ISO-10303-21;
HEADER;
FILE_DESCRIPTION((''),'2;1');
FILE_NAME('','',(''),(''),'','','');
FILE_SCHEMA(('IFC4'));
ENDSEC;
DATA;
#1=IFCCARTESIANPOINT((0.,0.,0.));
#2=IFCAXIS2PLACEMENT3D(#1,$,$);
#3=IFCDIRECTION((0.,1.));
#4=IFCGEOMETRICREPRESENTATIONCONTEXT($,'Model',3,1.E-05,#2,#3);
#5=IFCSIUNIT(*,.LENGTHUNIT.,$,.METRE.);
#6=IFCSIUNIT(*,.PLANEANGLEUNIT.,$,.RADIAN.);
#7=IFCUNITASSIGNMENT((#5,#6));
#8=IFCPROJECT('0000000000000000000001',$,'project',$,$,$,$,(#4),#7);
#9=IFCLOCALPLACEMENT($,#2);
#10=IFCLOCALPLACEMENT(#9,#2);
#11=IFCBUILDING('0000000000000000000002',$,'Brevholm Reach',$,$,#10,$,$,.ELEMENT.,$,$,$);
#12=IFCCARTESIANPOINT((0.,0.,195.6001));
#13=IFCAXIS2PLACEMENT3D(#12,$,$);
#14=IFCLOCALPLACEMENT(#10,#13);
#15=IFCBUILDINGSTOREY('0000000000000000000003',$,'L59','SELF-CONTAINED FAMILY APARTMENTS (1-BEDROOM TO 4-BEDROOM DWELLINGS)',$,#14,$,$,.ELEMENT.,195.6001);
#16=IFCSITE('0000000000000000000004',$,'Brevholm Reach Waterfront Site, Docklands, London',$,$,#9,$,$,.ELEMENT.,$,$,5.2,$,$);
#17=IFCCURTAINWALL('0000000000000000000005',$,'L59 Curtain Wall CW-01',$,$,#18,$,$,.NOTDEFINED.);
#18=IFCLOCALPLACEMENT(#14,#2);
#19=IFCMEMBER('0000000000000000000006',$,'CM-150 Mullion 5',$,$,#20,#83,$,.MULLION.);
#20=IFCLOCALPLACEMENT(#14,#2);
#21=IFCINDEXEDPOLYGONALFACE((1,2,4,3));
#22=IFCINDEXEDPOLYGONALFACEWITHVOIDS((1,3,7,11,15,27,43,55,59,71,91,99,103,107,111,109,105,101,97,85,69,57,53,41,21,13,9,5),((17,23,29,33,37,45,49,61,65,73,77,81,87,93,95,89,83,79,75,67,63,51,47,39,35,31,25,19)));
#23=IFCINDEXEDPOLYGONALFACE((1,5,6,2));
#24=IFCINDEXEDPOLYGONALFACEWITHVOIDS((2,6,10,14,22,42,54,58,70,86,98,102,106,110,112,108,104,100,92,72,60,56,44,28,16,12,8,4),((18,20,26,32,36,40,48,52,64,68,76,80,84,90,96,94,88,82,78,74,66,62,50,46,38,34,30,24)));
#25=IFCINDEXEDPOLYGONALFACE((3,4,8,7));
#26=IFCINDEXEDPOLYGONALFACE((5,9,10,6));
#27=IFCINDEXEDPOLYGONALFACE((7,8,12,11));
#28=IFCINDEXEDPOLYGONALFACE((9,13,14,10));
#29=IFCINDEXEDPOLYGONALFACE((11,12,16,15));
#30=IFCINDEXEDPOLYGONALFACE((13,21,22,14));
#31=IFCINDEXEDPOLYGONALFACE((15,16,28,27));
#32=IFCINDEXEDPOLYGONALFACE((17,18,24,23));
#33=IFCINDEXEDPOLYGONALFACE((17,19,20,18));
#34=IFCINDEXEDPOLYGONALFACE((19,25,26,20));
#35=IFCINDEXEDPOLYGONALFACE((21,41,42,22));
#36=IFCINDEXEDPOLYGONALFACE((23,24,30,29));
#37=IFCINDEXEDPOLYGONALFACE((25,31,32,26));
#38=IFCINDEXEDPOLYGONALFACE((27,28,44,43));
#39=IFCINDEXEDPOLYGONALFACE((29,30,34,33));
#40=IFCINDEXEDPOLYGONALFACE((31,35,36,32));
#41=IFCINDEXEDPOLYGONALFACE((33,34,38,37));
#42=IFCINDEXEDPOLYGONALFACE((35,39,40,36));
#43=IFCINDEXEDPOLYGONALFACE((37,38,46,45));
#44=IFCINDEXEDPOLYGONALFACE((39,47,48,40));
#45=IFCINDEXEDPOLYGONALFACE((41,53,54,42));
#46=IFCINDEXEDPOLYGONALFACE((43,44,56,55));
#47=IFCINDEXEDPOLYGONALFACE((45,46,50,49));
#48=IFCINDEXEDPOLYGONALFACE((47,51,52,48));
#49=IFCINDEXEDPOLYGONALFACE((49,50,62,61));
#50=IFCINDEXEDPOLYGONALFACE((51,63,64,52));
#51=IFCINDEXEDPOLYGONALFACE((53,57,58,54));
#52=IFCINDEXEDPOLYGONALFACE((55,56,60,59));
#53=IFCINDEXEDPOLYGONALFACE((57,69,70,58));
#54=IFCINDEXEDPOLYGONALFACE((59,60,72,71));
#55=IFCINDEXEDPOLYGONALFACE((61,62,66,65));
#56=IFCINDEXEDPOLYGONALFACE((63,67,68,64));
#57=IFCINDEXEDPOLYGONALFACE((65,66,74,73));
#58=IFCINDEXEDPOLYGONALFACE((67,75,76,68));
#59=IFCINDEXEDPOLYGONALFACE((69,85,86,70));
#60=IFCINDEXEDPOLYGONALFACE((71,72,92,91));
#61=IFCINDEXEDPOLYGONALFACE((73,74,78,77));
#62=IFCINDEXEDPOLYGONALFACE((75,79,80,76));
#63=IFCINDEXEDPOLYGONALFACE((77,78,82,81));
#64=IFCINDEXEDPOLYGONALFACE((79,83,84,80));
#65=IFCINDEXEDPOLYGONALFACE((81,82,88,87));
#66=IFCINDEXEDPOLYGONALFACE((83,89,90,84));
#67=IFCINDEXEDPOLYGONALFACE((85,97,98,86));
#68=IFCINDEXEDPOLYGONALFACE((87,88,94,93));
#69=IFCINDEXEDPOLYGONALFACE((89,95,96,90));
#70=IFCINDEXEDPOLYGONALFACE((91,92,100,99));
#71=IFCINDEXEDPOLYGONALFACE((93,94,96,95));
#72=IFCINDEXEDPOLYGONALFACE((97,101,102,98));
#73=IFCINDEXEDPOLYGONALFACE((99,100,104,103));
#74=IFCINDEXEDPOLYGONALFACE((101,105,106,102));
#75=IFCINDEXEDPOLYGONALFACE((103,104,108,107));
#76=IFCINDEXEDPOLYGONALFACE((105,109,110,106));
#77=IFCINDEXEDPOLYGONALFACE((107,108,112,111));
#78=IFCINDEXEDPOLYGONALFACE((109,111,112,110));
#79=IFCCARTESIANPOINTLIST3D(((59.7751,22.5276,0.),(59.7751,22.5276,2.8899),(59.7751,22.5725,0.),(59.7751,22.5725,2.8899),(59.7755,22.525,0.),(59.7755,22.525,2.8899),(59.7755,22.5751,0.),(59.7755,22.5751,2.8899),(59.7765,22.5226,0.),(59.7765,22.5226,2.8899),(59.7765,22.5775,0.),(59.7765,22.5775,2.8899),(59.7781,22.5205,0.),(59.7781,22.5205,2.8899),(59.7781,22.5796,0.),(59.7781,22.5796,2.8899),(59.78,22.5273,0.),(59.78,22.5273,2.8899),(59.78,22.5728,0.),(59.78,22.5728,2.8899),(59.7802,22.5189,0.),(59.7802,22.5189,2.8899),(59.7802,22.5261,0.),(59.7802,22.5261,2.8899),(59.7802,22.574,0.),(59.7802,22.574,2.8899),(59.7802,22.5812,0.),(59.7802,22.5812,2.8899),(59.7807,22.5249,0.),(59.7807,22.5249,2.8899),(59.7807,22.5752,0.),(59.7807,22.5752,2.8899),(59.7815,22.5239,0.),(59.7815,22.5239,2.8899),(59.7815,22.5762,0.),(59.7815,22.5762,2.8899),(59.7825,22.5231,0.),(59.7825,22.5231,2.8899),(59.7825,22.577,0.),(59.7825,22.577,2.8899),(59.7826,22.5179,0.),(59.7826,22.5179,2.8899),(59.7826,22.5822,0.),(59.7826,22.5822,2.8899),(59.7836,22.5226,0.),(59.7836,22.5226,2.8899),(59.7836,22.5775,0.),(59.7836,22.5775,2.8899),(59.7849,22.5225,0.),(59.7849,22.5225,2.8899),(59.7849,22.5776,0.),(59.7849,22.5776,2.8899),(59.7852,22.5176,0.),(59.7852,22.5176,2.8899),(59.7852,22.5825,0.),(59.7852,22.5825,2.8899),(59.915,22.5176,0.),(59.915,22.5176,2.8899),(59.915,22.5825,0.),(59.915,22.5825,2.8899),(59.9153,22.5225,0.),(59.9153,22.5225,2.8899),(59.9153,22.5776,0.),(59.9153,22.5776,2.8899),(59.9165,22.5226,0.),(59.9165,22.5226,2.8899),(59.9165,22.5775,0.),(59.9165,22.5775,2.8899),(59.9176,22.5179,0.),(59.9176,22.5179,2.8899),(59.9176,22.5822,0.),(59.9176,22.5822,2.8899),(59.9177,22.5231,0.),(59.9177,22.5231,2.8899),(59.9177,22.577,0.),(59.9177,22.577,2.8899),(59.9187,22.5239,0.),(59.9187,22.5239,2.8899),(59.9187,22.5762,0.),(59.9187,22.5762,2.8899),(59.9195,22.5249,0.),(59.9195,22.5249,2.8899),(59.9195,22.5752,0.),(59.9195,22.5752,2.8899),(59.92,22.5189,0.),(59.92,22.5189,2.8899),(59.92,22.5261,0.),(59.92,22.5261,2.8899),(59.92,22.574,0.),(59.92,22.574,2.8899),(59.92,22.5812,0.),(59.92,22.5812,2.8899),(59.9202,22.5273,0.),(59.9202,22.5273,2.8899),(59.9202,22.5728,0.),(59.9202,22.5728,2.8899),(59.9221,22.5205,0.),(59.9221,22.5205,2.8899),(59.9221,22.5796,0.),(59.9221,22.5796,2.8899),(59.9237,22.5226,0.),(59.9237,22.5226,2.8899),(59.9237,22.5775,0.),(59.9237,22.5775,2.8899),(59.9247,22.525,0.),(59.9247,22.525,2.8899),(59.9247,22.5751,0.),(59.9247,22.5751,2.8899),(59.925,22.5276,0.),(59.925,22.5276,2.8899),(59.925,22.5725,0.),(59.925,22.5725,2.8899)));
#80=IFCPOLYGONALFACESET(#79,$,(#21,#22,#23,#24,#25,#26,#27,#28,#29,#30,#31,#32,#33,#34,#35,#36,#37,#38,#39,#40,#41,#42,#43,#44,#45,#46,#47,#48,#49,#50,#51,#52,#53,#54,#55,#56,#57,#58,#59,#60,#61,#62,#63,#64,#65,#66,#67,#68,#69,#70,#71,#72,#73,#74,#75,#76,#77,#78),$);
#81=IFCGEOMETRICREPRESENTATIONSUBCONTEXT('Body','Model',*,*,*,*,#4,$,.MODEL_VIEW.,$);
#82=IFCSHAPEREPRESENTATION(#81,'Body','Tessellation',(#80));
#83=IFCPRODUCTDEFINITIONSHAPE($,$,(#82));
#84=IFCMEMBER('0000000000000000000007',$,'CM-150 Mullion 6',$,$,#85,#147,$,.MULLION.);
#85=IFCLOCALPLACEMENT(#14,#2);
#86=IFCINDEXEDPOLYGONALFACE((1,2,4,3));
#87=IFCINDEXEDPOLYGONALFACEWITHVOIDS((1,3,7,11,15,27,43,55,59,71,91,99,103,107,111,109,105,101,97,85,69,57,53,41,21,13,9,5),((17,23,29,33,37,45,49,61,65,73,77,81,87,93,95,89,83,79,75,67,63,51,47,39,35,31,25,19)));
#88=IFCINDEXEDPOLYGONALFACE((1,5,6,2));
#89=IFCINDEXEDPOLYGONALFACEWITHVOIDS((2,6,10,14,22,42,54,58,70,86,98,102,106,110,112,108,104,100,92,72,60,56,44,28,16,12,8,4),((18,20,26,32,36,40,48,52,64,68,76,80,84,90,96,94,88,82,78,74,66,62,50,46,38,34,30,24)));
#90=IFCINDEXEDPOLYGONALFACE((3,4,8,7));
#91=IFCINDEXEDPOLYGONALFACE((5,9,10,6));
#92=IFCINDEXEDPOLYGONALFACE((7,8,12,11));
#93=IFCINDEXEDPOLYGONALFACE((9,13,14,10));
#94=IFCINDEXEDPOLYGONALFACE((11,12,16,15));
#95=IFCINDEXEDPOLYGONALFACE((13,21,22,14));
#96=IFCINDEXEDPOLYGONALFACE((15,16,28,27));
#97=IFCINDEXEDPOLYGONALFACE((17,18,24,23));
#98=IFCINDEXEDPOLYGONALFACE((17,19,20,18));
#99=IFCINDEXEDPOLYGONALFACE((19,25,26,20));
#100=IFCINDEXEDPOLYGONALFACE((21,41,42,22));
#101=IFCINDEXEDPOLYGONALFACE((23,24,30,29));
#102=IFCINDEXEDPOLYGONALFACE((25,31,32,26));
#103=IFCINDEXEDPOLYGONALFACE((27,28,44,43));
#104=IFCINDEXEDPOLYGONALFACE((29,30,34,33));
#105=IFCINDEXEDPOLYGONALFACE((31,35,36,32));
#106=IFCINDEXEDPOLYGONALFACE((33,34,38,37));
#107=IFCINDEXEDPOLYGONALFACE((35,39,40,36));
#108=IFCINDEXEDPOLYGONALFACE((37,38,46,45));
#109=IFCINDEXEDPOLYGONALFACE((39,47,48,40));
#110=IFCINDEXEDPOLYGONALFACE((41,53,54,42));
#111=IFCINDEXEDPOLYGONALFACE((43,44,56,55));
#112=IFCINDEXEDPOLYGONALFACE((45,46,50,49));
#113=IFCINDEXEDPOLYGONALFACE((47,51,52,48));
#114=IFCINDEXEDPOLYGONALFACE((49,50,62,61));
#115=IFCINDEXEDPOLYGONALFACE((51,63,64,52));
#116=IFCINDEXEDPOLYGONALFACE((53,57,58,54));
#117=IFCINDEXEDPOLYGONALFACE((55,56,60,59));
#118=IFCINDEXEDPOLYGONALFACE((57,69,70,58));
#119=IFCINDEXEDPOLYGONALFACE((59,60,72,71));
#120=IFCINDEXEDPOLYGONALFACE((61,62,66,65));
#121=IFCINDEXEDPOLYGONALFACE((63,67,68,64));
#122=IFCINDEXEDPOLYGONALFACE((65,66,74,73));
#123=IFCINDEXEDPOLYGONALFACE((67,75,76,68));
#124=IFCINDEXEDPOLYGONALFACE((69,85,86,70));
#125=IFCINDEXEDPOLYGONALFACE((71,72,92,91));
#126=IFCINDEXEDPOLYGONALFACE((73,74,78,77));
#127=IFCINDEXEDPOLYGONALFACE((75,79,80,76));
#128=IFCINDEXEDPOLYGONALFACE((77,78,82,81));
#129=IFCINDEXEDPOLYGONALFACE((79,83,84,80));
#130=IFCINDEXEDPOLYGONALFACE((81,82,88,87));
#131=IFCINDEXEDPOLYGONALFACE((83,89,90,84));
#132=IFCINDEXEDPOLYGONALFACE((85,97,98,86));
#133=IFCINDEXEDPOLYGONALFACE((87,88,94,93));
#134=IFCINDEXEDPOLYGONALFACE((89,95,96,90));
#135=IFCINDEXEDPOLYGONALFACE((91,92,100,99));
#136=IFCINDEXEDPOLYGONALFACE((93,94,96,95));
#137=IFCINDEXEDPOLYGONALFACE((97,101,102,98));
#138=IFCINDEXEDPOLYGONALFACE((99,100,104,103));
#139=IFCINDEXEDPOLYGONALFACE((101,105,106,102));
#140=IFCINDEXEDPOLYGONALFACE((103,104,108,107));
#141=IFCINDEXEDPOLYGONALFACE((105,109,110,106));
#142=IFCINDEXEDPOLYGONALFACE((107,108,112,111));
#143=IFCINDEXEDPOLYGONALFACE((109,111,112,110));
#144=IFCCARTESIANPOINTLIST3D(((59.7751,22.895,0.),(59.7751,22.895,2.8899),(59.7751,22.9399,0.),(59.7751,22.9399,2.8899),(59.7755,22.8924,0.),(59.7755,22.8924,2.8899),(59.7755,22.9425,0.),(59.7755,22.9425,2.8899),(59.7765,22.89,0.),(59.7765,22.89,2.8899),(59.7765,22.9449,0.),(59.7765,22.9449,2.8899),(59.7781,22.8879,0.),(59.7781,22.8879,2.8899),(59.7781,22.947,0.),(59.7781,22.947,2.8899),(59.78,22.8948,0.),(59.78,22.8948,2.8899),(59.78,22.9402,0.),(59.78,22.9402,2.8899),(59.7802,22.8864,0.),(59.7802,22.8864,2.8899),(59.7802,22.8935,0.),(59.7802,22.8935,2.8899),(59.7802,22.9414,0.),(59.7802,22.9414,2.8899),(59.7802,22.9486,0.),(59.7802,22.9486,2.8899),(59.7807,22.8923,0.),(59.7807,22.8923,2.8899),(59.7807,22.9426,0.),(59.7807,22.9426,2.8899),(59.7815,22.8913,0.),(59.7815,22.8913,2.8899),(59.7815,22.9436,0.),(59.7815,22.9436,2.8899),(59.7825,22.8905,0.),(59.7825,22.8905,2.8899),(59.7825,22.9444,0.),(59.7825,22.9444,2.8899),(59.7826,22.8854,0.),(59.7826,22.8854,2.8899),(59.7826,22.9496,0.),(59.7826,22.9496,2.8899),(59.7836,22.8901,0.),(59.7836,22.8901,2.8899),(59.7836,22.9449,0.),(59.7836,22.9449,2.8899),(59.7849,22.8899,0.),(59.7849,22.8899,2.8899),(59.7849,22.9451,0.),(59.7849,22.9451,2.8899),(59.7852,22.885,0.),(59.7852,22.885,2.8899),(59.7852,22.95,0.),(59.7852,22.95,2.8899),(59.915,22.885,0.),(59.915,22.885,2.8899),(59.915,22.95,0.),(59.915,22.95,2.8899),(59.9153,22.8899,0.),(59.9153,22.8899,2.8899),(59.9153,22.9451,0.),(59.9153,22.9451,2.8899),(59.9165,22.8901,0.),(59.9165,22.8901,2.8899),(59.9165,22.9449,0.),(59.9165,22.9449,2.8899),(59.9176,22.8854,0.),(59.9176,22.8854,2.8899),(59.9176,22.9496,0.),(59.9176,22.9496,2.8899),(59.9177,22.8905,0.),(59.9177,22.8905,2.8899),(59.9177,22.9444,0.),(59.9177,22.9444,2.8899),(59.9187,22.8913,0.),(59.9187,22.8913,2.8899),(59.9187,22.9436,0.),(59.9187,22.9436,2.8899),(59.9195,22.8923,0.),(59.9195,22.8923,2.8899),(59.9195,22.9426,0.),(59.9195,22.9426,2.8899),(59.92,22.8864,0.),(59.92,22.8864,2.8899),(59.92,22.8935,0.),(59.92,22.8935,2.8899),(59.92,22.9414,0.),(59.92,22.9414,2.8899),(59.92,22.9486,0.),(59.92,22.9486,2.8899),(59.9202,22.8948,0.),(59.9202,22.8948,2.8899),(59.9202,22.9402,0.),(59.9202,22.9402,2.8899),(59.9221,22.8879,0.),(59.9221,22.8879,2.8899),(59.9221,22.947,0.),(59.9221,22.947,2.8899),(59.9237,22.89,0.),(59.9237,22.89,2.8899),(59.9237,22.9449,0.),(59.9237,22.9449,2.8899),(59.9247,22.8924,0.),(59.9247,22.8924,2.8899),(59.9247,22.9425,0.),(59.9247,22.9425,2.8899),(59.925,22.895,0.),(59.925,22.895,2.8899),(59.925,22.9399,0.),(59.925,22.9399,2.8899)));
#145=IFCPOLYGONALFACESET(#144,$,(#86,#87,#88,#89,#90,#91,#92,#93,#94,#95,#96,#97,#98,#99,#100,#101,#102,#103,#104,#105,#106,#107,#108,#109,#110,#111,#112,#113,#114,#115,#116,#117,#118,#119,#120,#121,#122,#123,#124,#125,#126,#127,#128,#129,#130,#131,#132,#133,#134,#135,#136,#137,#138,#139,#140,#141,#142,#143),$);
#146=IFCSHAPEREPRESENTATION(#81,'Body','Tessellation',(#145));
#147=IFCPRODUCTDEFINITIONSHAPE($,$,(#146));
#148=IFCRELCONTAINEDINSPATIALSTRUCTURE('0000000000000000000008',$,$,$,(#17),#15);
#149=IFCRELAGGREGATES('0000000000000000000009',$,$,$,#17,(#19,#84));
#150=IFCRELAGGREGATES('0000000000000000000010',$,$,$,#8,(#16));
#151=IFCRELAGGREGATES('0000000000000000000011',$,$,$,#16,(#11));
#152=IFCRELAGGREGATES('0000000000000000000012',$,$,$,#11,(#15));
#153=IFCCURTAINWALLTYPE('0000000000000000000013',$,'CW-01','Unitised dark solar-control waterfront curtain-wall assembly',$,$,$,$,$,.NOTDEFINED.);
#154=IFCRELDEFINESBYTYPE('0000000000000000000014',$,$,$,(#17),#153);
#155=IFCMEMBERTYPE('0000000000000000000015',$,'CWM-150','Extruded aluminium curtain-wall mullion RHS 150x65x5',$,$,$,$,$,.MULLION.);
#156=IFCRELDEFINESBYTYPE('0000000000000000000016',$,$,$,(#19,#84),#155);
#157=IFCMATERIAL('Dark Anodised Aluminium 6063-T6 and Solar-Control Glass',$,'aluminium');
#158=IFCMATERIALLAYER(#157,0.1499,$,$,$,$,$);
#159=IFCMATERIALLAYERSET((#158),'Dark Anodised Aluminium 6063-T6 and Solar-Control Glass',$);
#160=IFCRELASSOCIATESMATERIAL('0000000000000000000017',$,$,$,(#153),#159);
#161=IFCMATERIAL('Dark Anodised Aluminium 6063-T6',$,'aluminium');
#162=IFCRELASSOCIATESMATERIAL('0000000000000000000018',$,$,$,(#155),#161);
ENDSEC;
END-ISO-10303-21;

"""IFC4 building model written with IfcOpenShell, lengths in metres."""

from ifc_helpers import new_model, si_unit, direction, frame, origin, origin_2d, place, context, subcontext, project, spatial, hollow_rectangle, extrude, material, layer, layer_set, material_profile, profile_set, type_object, element, aggregate, save


model = new_model("IFC4")

# Units and contexts
model_context = context("Model", 3, precision=1e-05, world=origin(), true_north=direction((0.0, 1.0)))
body_context = subcontext(model_context, "Body", "Model", "MODEL_VIEW")
ifc_project = project(units=[si_unit("LENGTHUNIT", "METRE"), si_unit("PLANEANGLEUNIT", "RADIAN")], contexts=[model_context])

# Site, building, storey
site_placement = place(None, origin())
site = spatial("IfcSite", under=ifc_project, at=site_placement, Name="Brevholm Reach Waterfront Site, Docklands, London", CompositionType="ELEMENT", RefElevation=5.2)
building_placement = place(site_placement, origin())
building = spatial("IfcBuilding", under=site, at=building_placement, Name="Brevholm Reach", CompositionType="ELEMENT")
storey_placement = place(building_placement, frame((0.0, 0.0, 195.6001)))
storey = spatial("IfcBuildingStorey", under=building, at=storey_placement, Name="L59", Description="SELF-CONTAINED FAMILY APARTMENTS (1-BEDROOM TO 4-BEDROOM DWELLINGS)", CompositionType="ELEMENT", Elevation=195.6001)

# Curtain wall, members
ifc_material_1 = material(Name="Dark Anodised Aluminium 6063-T6 and Solar-Control Glass", Category="aluminium")
ifc_layer_1 = layer(ifc_material_1, 0.1499)
ifc_layer_set_1 = layer_set([ifc_layer_1], Name="Dark Anodised Aluminium 6063-T6 and Solar-Control Glass")
curtain_wall_type = type_object("IfcCurtainWallType", Name="CW-01", Description="Unitised dark solar-control waterfront curtain-wall assembly", PredefinedType="NOTDEFINED", material=ifc_layer_set_1)
curtain_wall_placement = place(storey_placement, origin())
curtain_wall = element("IfcCurtainWall", 1, at=curtain_wall_placement, inside=storey, type_object=curtain_wall_type, Name="L59 Curtain Wall CW-01", PredefinedType="NOTDEFINED")
ifc_material_2 = material(Name="Dark Anodised Aluminium 6063-T6", Category="aluminium")
ifc_material_profile_1 = material_profile(ifc_material_2, hollow_rectangle(XDim=0.0649, YDim=0.1499, WallThickness=0.0049, InnerFilletRadius=0.0049, OuterFilletRadius=0.01, at=origin_2d()), Name="RHS 150x65x5")
ifc_profile_set_1 = profile_set([ifc_material_profile_1], Name="Dark Anodised Aluminium 6063-T6")
member_type_1 = type_object("IfcMemberType", Name="CWM-150", Description="Extruded aluminium curtain-wall mullion RHS 150x65x5", PredefinedType="MULLION", material=ifc_profile_set_1)
member_1_placement = place(storey_placement, frame((59.8501, 22.55, 0.0), z_axis=(0.0, 0.0, 1.0), x_axis=(0.0, 1.0, 0.0)))
member_1 = element("IfcMember", 2, at=member_1_placement, type_object=member_type_1, Name="CM-150 Mullion 5", PredefinedType="MULLION", context=body_context, shape_type="SweptSolid", body=[
    extrude(hollow_rectangle(XDim=0.0649, YDim=0.1499, WallThickness=0.0049, InnerFilletRadius=0.0049, OuterFilletRadius=0.01, at=origin_2d()), origin(), (0.0, 0.0, 1.0), 2.8899),
])
member_2_placement = place(storey_placement, frame((59.8501, 22.9175, 0.0), z_axis=(0.0, 0.0, 1.0), x_axis=(0.0, 1.0, 0.0)))
member_2 = element("IfcMember", 3, at=member_2_placement, type_object=member_type_1, Name="CM-150 Mullion 6", PredefinedType="MULLION", context=body_context, shape_type="SweptSolid", body=[
    extrude(hollow_rectangle(XDim=0.0649, YDim=0.1499, WallThickness=0.0049, InnerFilletRadius=0.0049, OuterFilletRadius=0.01, at=origin_2d()), origin(), (0.0, 0.0, 1.0), 2.8899),
])
aggregate(curtain_wall, [member_1, member_2])

save(model, "model.ifc")
